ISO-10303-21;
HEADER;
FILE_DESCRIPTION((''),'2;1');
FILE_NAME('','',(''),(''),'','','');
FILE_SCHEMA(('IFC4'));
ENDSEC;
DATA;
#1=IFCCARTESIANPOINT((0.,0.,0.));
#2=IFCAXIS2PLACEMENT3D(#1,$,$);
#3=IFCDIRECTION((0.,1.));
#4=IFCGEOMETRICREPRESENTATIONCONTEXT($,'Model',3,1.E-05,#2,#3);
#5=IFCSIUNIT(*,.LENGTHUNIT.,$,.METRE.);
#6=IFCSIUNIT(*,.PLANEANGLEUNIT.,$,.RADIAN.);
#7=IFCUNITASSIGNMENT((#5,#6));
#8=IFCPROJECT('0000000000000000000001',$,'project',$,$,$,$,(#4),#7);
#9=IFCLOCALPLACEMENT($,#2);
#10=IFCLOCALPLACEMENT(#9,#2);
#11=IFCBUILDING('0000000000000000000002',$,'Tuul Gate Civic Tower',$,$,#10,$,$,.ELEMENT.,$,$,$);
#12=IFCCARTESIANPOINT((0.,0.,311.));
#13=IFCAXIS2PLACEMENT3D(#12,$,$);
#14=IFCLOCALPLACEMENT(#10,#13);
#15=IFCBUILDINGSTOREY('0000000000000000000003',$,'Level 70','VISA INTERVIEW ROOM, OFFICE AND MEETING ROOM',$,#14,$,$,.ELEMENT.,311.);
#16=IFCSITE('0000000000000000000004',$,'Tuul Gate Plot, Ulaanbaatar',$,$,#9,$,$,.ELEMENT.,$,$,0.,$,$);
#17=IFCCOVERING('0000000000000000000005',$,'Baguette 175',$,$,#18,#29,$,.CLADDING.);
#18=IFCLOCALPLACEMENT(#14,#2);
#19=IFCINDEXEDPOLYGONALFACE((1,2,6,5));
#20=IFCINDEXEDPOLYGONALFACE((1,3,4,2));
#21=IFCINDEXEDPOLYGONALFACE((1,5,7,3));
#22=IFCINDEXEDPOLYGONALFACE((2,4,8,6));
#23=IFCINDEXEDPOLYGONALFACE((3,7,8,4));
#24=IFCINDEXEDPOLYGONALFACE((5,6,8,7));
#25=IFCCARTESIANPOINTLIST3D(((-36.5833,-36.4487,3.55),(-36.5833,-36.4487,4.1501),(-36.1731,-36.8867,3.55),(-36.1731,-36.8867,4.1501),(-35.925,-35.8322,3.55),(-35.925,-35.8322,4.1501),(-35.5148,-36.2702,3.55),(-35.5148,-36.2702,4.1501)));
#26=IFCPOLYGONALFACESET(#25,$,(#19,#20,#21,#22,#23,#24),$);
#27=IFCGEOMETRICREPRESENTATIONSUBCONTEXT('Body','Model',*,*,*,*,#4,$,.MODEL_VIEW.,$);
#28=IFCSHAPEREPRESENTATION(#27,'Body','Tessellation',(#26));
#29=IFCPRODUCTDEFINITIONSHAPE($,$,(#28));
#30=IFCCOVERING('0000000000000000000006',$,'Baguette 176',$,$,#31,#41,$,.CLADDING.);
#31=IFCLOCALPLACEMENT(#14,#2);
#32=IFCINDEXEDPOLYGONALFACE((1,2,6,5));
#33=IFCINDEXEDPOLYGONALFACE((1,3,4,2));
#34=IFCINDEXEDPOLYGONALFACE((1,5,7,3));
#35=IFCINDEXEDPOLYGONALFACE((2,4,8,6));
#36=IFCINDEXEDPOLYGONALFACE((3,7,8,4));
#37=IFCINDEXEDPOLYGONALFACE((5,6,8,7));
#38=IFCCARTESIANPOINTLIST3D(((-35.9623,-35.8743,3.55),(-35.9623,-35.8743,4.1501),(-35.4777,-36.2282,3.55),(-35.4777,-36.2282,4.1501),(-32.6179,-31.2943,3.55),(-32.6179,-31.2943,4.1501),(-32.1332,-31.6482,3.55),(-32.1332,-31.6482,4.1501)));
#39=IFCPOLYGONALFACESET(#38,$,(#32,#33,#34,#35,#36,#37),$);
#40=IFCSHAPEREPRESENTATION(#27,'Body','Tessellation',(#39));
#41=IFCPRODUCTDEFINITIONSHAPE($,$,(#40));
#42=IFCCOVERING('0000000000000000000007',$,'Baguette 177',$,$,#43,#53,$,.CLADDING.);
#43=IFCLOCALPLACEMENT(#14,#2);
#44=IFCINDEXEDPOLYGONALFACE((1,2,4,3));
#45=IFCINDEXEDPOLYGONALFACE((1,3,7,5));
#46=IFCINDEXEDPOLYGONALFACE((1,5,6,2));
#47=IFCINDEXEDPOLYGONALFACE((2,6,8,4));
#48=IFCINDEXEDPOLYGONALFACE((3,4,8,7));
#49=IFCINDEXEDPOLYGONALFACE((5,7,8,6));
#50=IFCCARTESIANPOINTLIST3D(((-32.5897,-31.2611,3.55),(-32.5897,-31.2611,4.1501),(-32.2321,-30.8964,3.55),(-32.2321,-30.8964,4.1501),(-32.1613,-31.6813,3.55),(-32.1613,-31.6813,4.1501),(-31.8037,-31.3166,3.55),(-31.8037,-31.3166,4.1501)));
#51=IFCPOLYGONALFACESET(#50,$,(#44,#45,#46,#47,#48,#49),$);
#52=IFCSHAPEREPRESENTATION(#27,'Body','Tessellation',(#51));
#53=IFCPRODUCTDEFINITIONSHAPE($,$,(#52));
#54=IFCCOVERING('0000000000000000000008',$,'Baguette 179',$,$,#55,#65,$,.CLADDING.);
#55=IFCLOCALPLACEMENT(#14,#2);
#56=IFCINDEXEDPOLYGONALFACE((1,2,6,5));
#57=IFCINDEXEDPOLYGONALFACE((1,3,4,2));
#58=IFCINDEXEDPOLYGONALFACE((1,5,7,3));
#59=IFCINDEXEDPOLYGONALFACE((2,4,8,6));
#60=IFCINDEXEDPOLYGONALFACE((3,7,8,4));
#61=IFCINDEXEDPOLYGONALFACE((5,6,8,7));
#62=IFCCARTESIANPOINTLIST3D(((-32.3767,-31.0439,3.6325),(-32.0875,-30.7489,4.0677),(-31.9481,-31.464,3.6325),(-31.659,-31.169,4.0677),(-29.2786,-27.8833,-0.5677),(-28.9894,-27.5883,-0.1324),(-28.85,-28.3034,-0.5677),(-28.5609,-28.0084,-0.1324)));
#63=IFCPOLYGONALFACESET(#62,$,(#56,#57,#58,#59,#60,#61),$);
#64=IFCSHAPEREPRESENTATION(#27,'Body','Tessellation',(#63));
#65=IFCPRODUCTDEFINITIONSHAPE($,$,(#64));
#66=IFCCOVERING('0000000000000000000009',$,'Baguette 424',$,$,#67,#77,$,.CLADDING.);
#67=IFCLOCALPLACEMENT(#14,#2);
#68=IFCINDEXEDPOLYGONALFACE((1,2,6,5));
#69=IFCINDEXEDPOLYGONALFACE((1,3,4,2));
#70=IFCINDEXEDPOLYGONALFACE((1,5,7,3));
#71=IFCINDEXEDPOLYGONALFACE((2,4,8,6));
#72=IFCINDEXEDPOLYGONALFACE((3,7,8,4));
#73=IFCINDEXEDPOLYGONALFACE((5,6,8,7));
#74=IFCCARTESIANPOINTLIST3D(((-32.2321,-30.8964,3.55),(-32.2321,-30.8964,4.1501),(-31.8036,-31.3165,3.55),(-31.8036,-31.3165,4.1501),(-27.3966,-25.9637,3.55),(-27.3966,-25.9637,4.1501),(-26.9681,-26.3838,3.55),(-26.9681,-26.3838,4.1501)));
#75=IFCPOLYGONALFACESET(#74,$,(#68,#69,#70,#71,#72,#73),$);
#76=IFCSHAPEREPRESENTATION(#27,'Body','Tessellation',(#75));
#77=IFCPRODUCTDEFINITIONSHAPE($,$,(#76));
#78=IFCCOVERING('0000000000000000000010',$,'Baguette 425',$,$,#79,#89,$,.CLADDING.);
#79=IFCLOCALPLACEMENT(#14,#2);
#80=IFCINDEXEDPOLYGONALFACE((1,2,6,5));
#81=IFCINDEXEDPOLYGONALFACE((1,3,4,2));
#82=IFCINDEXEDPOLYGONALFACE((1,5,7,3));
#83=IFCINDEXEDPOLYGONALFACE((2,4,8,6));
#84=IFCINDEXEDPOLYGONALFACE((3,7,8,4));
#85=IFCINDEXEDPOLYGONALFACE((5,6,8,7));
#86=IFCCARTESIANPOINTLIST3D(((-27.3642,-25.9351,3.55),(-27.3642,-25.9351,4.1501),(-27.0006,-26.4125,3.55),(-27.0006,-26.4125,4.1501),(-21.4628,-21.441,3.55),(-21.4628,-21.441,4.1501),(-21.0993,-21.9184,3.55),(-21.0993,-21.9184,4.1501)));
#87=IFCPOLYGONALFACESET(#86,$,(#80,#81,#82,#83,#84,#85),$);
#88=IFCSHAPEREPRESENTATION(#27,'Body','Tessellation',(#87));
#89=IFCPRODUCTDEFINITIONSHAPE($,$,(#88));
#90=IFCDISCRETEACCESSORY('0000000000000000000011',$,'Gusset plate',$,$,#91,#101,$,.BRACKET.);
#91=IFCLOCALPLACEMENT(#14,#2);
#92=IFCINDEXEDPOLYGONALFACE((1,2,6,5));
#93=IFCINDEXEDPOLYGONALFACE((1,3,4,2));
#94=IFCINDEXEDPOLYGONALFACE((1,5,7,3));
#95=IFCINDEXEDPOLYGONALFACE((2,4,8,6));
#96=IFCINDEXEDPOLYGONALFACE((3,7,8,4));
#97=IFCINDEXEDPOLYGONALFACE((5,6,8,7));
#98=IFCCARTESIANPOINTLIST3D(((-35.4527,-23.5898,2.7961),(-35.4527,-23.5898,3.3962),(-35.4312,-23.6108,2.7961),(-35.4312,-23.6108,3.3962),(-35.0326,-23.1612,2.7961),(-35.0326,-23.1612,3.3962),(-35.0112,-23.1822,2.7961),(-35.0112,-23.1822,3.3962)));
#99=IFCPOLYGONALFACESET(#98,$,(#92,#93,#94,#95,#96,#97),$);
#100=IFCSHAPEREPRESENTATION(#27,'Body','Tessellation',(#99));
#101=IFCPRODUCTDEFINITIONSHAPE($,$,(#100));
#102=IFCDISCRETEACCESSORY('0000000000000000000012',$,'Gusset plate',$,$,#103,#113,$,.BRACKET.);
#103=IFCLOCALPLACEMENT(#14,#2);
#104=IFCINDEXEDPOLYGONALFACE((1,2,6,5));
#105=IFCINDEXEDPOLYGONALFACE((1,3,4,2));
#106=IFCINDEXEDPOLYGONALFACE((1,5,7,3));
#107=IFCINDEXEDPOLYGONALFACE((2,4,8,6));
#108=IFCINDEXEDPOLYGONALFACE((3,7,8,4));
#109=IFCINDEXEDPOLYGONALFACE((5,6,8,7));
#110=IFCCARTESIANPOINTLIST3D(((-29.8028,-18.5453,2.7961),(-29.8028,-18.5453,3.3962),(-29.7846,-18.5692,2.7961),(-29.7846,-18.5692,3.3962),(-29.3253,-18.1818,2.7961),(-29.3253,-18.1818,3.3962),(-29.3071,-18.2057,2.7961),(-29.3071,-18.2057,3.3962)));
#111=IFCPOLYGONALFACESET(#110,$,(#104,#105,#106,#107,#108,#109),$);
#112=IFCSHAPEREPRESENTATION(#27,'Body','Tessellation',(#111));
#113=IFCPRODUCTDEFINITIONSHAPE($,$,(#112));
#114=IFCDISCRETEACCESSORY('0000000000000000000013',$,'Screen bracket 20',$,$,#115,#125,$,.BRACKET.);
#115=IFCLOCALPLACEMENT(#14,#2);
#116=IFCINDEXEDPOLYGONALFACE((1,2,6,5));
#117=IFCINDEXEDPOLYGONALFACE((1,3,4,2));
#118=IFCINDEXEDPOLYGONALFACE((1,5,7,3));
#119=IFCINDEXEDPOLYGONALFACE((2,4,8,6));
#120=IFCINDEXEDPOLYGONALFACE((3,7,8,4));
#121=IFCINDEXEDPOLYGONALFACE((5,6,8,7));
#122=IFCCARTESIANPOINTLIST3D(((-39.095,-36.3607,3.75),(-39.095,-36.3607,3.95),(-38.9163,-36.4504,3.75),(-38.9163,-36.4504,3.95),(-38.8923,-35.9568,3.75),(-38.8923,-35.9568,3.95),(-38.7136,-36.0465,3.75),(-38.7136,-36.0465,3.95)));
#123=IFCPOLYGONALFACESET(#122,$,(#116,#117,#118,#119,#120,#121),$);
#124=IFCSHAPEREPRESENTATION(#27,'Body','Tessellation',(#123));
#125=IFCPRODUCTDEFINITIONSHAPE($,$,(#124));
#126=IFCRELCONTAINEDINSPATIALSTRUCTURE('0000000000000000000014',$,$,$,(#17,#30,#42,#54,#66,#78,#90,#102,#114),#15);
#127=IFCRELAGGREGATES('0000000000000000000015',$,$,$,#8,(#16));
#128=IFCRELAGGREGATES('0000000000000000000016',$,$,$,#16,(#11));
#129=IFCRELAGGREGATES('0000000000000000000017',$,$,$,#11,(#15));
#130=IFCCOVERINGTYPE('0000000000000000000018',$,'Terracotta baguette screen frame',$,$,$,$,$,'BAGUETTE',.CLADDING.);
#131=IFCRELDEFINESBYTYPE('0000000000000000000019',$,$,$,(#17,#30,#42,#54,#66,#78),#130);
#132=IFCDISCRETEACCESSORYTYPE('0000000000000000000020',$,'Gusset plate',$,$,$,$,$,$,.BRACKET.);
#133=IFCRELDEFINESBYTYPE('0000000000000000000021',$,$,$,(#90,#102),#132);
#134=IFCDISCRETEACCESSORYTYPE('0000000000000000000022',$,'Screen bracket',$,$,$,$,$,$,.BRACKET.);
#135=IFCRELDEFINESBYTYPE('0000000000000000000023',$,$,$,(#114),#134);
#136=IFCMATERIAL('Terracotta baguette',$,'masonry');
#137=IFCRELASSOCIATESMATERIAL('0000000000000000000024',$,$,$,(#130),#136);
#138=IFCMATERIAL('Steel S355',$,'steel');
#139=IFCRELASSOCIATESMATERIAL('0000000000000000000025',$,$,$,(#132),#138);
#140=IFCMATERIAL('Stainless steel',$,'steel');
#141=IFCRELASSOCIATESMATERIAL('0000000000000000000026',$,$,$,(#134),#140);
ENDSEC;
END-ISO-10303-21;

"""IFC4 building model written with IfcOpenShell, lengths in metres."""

from ifc_helpers import new_model, si_unit, direction, frame, origin, origin_2d, place, context, subcontext, project, spatial, rectangle, extrude, material, material_profile, profile_set, type_object, element, save


model = new_model("IFC4")

# Units and contexts
model_context = context("Model", 3, precision=1e-05, world=origin(), true_north=direction((0.0, 1.0)))
body_context = subcontext(model_context, "Body", "Model", "MODEL_VIEW")
ifc_project = project(units=[si_unit("LENGTHUNIT", "METRE"), si_unit("PLANEANGLEUNIT", "RADIAN")], contexts=[model_context])

# Site, building, storey
site_placement = place(None, origin())
site = spatial("IfcSite", under=ifc_project, at=site_placement, Name="Tuul Gate Plot, Ulaanbaatar", CompositionType="ELEMENT", RefElevation=0.0)
building_placement = place(site_placement, origin())
building = spatial("IfcBuilding", under=site, at=building_placement, Name="Tuul Gate Civic Tower", CompositionType="ELEMENT")
storey_placement = place(building_placement, frame((0.0, 0.0, 311.0)))
storey = spatial("IfcBuildingStorey", under=building, at=storey_placement, Name="Level 70", Description="VISA INTERVIEW ROOM, OFFICE AND MEETING ROOM", CompositionType="ELEMENT", Elevation=311.0)

# Coverings
ifc_material_1 = material(Name="Terracotta baguette", Category="masonry")
ifc_material_profile_1 = material_profile(ifc_material_1, rectangle(XDim=0.6001, YDim=0.6001, at=origin_2d()), Name="Terracotta baguette screen frame")
ifc_profile_set_1 = profile_set([ifc_material_profile_1], Name="Terracotta baguette")
covering_type = type_object("IfcCoveringType", Name="Terracotta baguette screen frame", ElementType="BAGUETTE", PredefinedType="CLADDING", material=ifc_profile_set_1)
covering_1_placement = place(storey_placement, frame((-36.3782, -36.6677, 3.8501), z_axis=(0.729875, 0.683581, 0.0), x_axis=(-0.683581, 0.729875, 0.0)))
element("IfcCovering", 1, at=covering_1_placement, inside=storey, type_object=covering_type, Name="Baguette 175", PredefinedType="CLADDING", context=body_context, shape_type="SweptSolid", body=[
    extrude(rectangle(XDim=0.6001, YDim=0.6001, at=origin_2d()), origin(), (0.0, 0.0, 1.0), 0.9019),
])
covering_2_placement = place(storey_placement, frame((-35.72, -36.0513, 3.8501), z_axis=(0.589729, 0.807601, 0.0), x_axis=(-0.807601, 0.589729, 0.0)))
element("IfcCovering", 2, at=covering_2_placement, inside=storey, type_object=covering_type, Name="Baguette 176", PredefinedType="CLADDING", context=body_context, shape_type="SweptSolid", body=[
    extrude(rectangle(XDim=0.6001, YDim=0.6001, at=origin_2d()), origin(), (0.0, 0.0, 1.0), 5.6711),
])
covering_3_placement = place(storey_placement, frame((-32.3755, -31.4712, 3.8501), z_axis=(0.700143, 0.714003, 0.0), x_axis=(-0.714003, 0.700143, 0.0)))
element("IfcCovering", 3, at=covering_3_placement, inside=storey, type_object=covering_type, Name="Baguette 177", PredefinedType="CLADDING", context=body_context, shape_type="SweptSolid", body=[
    extrude(rectangle(XDim=0.6001, YDim=0.6001, at=origin_2d()), origin(), (0.0, 0.0, 1.0), 0.5107),
])
covering_4_placement = place(storey_placement, frame((-32.0178, -31.1064, 3.8501), z_axis=(0.507757, 0.518001, -0.688373), x_axis=(-0.714132, 0.700011, 0.0)))
element("IfcCovering", 4, at=covering_4_placement, inside=storey, type_object=covering_type, Name="Baguette 179", PredefinedType="CLADDING", context=body_context, shape_type="SweptSolid", body=[
    extrude(rectangle(XDim=0.6001, YDim=0.6001, at=origin_2d()), origin(), (0.0, 0.0, 1.0), 6.1016),
])
covering_5_placement = place(storey_placement, frame((-32.0178, -31.1064, 3.8501), z_axis=(0.700038, 0.714105, 0.0), x_axis=(-0.714105, 0.700038, 0.0)))
element("IfcCovering", 5, at=covering_5_placement, inside=storey, type_object=covering_type, Name="Baguette 424", PredefinedType="CLADDING", context=body_context, shape_type="SweptSolid", body=[
    extrude(rectangle(XDim=0.6001, YDim=0.6001, at=origin_2d()), origin(), (0.0, 0.0, 1.0), 6.9075),
])
covering_6_placement = place(storey_placement, frame((-27.1824, -26.1738, 3.8501), z_axis=(0.795571, 0.605861, 0.0), x_axis=(-0.605861, 0.795571, 0.0)))
element("IfcCovering", 6, at=covering_6_placement, inside=storey, type_object=covering_type, Name="Baguette 425", PredefinedType="CLADDING", context=body_context, shape_type="SweptSolid", body=[
    extrude(rectangle(XDim=0.6001, YDim=0.6001, at=origin_2d()), origin(), (0.0, 0.0, 1.0), 7.4177),
])

# Discrete accessories
ifc_material_2 = material(Name="Steel S355", Category="steel")
discrete_accessory_type_1 = type_object("IfcDiscreteAccessoryType", Name="Gusset plate", PredefinedType="BRACKET", material=ifc_material_2)
for number, where, z_axis, x_axis, name in (
    (7, (-35.2319, -23.386, 2.7961), (0.0, 0.0, 1.0), (-0.699958, -0.714184, 0.0), "Gusset plate"),
    (8, (-29.5549, -18.3755, 2.7961), (0.0, 0.0, 1.0), (-0.795616, -0.605801, 0.0), "Gusset plate"),
):
    element("IfcDiscreteAccessory", number, at=place(storey_placement, frame(where, z_axis=z_axis, x_axis=x_axis)), inside=storey, type_object=discrete_accessory_type_1, Name=name, PredefinedType="BRACKET", context=body_context, shape_type="SweptSolid", body=[
        extrude(rectangle(XDim=0.6001, YDim=0.03, at=origin_2d()), origin(), (0.0, 0.0, 1.0), 0.6001),
    ])
ifc_material_3 = material(Name="Stainless steel", Category="steel")
discrete_accessory_type_2 = type_object("IfcDiscreteAccessoryType", Name="Screen bracket", PredefinedType="BRACKET", material=ifc_material_3)
discrete_accessory_placement = place(storey_placement, frame((-38.9043, -36.2036, 3.75), z_axis=(0.0, 0.0, 1.0), x_axis=(-0.448605, -0.89373, 0.0)))
element("IfcDiscreteAccessory", 9, at=discrete_accessory_placement, inside=storey, type_object=discrete_accessory_type_2, Name="Screen bracket 20", PredefinedType="BRACKET", context=body_context, shape_type="SweptSolid", body=[
    extrude(rectangle(XDim=0.4519, YDim=0.2, at=origin_2d()), origin(), (0.0, 0.0, 1.0), 0.2),
])

save(model, "model.ifc")
